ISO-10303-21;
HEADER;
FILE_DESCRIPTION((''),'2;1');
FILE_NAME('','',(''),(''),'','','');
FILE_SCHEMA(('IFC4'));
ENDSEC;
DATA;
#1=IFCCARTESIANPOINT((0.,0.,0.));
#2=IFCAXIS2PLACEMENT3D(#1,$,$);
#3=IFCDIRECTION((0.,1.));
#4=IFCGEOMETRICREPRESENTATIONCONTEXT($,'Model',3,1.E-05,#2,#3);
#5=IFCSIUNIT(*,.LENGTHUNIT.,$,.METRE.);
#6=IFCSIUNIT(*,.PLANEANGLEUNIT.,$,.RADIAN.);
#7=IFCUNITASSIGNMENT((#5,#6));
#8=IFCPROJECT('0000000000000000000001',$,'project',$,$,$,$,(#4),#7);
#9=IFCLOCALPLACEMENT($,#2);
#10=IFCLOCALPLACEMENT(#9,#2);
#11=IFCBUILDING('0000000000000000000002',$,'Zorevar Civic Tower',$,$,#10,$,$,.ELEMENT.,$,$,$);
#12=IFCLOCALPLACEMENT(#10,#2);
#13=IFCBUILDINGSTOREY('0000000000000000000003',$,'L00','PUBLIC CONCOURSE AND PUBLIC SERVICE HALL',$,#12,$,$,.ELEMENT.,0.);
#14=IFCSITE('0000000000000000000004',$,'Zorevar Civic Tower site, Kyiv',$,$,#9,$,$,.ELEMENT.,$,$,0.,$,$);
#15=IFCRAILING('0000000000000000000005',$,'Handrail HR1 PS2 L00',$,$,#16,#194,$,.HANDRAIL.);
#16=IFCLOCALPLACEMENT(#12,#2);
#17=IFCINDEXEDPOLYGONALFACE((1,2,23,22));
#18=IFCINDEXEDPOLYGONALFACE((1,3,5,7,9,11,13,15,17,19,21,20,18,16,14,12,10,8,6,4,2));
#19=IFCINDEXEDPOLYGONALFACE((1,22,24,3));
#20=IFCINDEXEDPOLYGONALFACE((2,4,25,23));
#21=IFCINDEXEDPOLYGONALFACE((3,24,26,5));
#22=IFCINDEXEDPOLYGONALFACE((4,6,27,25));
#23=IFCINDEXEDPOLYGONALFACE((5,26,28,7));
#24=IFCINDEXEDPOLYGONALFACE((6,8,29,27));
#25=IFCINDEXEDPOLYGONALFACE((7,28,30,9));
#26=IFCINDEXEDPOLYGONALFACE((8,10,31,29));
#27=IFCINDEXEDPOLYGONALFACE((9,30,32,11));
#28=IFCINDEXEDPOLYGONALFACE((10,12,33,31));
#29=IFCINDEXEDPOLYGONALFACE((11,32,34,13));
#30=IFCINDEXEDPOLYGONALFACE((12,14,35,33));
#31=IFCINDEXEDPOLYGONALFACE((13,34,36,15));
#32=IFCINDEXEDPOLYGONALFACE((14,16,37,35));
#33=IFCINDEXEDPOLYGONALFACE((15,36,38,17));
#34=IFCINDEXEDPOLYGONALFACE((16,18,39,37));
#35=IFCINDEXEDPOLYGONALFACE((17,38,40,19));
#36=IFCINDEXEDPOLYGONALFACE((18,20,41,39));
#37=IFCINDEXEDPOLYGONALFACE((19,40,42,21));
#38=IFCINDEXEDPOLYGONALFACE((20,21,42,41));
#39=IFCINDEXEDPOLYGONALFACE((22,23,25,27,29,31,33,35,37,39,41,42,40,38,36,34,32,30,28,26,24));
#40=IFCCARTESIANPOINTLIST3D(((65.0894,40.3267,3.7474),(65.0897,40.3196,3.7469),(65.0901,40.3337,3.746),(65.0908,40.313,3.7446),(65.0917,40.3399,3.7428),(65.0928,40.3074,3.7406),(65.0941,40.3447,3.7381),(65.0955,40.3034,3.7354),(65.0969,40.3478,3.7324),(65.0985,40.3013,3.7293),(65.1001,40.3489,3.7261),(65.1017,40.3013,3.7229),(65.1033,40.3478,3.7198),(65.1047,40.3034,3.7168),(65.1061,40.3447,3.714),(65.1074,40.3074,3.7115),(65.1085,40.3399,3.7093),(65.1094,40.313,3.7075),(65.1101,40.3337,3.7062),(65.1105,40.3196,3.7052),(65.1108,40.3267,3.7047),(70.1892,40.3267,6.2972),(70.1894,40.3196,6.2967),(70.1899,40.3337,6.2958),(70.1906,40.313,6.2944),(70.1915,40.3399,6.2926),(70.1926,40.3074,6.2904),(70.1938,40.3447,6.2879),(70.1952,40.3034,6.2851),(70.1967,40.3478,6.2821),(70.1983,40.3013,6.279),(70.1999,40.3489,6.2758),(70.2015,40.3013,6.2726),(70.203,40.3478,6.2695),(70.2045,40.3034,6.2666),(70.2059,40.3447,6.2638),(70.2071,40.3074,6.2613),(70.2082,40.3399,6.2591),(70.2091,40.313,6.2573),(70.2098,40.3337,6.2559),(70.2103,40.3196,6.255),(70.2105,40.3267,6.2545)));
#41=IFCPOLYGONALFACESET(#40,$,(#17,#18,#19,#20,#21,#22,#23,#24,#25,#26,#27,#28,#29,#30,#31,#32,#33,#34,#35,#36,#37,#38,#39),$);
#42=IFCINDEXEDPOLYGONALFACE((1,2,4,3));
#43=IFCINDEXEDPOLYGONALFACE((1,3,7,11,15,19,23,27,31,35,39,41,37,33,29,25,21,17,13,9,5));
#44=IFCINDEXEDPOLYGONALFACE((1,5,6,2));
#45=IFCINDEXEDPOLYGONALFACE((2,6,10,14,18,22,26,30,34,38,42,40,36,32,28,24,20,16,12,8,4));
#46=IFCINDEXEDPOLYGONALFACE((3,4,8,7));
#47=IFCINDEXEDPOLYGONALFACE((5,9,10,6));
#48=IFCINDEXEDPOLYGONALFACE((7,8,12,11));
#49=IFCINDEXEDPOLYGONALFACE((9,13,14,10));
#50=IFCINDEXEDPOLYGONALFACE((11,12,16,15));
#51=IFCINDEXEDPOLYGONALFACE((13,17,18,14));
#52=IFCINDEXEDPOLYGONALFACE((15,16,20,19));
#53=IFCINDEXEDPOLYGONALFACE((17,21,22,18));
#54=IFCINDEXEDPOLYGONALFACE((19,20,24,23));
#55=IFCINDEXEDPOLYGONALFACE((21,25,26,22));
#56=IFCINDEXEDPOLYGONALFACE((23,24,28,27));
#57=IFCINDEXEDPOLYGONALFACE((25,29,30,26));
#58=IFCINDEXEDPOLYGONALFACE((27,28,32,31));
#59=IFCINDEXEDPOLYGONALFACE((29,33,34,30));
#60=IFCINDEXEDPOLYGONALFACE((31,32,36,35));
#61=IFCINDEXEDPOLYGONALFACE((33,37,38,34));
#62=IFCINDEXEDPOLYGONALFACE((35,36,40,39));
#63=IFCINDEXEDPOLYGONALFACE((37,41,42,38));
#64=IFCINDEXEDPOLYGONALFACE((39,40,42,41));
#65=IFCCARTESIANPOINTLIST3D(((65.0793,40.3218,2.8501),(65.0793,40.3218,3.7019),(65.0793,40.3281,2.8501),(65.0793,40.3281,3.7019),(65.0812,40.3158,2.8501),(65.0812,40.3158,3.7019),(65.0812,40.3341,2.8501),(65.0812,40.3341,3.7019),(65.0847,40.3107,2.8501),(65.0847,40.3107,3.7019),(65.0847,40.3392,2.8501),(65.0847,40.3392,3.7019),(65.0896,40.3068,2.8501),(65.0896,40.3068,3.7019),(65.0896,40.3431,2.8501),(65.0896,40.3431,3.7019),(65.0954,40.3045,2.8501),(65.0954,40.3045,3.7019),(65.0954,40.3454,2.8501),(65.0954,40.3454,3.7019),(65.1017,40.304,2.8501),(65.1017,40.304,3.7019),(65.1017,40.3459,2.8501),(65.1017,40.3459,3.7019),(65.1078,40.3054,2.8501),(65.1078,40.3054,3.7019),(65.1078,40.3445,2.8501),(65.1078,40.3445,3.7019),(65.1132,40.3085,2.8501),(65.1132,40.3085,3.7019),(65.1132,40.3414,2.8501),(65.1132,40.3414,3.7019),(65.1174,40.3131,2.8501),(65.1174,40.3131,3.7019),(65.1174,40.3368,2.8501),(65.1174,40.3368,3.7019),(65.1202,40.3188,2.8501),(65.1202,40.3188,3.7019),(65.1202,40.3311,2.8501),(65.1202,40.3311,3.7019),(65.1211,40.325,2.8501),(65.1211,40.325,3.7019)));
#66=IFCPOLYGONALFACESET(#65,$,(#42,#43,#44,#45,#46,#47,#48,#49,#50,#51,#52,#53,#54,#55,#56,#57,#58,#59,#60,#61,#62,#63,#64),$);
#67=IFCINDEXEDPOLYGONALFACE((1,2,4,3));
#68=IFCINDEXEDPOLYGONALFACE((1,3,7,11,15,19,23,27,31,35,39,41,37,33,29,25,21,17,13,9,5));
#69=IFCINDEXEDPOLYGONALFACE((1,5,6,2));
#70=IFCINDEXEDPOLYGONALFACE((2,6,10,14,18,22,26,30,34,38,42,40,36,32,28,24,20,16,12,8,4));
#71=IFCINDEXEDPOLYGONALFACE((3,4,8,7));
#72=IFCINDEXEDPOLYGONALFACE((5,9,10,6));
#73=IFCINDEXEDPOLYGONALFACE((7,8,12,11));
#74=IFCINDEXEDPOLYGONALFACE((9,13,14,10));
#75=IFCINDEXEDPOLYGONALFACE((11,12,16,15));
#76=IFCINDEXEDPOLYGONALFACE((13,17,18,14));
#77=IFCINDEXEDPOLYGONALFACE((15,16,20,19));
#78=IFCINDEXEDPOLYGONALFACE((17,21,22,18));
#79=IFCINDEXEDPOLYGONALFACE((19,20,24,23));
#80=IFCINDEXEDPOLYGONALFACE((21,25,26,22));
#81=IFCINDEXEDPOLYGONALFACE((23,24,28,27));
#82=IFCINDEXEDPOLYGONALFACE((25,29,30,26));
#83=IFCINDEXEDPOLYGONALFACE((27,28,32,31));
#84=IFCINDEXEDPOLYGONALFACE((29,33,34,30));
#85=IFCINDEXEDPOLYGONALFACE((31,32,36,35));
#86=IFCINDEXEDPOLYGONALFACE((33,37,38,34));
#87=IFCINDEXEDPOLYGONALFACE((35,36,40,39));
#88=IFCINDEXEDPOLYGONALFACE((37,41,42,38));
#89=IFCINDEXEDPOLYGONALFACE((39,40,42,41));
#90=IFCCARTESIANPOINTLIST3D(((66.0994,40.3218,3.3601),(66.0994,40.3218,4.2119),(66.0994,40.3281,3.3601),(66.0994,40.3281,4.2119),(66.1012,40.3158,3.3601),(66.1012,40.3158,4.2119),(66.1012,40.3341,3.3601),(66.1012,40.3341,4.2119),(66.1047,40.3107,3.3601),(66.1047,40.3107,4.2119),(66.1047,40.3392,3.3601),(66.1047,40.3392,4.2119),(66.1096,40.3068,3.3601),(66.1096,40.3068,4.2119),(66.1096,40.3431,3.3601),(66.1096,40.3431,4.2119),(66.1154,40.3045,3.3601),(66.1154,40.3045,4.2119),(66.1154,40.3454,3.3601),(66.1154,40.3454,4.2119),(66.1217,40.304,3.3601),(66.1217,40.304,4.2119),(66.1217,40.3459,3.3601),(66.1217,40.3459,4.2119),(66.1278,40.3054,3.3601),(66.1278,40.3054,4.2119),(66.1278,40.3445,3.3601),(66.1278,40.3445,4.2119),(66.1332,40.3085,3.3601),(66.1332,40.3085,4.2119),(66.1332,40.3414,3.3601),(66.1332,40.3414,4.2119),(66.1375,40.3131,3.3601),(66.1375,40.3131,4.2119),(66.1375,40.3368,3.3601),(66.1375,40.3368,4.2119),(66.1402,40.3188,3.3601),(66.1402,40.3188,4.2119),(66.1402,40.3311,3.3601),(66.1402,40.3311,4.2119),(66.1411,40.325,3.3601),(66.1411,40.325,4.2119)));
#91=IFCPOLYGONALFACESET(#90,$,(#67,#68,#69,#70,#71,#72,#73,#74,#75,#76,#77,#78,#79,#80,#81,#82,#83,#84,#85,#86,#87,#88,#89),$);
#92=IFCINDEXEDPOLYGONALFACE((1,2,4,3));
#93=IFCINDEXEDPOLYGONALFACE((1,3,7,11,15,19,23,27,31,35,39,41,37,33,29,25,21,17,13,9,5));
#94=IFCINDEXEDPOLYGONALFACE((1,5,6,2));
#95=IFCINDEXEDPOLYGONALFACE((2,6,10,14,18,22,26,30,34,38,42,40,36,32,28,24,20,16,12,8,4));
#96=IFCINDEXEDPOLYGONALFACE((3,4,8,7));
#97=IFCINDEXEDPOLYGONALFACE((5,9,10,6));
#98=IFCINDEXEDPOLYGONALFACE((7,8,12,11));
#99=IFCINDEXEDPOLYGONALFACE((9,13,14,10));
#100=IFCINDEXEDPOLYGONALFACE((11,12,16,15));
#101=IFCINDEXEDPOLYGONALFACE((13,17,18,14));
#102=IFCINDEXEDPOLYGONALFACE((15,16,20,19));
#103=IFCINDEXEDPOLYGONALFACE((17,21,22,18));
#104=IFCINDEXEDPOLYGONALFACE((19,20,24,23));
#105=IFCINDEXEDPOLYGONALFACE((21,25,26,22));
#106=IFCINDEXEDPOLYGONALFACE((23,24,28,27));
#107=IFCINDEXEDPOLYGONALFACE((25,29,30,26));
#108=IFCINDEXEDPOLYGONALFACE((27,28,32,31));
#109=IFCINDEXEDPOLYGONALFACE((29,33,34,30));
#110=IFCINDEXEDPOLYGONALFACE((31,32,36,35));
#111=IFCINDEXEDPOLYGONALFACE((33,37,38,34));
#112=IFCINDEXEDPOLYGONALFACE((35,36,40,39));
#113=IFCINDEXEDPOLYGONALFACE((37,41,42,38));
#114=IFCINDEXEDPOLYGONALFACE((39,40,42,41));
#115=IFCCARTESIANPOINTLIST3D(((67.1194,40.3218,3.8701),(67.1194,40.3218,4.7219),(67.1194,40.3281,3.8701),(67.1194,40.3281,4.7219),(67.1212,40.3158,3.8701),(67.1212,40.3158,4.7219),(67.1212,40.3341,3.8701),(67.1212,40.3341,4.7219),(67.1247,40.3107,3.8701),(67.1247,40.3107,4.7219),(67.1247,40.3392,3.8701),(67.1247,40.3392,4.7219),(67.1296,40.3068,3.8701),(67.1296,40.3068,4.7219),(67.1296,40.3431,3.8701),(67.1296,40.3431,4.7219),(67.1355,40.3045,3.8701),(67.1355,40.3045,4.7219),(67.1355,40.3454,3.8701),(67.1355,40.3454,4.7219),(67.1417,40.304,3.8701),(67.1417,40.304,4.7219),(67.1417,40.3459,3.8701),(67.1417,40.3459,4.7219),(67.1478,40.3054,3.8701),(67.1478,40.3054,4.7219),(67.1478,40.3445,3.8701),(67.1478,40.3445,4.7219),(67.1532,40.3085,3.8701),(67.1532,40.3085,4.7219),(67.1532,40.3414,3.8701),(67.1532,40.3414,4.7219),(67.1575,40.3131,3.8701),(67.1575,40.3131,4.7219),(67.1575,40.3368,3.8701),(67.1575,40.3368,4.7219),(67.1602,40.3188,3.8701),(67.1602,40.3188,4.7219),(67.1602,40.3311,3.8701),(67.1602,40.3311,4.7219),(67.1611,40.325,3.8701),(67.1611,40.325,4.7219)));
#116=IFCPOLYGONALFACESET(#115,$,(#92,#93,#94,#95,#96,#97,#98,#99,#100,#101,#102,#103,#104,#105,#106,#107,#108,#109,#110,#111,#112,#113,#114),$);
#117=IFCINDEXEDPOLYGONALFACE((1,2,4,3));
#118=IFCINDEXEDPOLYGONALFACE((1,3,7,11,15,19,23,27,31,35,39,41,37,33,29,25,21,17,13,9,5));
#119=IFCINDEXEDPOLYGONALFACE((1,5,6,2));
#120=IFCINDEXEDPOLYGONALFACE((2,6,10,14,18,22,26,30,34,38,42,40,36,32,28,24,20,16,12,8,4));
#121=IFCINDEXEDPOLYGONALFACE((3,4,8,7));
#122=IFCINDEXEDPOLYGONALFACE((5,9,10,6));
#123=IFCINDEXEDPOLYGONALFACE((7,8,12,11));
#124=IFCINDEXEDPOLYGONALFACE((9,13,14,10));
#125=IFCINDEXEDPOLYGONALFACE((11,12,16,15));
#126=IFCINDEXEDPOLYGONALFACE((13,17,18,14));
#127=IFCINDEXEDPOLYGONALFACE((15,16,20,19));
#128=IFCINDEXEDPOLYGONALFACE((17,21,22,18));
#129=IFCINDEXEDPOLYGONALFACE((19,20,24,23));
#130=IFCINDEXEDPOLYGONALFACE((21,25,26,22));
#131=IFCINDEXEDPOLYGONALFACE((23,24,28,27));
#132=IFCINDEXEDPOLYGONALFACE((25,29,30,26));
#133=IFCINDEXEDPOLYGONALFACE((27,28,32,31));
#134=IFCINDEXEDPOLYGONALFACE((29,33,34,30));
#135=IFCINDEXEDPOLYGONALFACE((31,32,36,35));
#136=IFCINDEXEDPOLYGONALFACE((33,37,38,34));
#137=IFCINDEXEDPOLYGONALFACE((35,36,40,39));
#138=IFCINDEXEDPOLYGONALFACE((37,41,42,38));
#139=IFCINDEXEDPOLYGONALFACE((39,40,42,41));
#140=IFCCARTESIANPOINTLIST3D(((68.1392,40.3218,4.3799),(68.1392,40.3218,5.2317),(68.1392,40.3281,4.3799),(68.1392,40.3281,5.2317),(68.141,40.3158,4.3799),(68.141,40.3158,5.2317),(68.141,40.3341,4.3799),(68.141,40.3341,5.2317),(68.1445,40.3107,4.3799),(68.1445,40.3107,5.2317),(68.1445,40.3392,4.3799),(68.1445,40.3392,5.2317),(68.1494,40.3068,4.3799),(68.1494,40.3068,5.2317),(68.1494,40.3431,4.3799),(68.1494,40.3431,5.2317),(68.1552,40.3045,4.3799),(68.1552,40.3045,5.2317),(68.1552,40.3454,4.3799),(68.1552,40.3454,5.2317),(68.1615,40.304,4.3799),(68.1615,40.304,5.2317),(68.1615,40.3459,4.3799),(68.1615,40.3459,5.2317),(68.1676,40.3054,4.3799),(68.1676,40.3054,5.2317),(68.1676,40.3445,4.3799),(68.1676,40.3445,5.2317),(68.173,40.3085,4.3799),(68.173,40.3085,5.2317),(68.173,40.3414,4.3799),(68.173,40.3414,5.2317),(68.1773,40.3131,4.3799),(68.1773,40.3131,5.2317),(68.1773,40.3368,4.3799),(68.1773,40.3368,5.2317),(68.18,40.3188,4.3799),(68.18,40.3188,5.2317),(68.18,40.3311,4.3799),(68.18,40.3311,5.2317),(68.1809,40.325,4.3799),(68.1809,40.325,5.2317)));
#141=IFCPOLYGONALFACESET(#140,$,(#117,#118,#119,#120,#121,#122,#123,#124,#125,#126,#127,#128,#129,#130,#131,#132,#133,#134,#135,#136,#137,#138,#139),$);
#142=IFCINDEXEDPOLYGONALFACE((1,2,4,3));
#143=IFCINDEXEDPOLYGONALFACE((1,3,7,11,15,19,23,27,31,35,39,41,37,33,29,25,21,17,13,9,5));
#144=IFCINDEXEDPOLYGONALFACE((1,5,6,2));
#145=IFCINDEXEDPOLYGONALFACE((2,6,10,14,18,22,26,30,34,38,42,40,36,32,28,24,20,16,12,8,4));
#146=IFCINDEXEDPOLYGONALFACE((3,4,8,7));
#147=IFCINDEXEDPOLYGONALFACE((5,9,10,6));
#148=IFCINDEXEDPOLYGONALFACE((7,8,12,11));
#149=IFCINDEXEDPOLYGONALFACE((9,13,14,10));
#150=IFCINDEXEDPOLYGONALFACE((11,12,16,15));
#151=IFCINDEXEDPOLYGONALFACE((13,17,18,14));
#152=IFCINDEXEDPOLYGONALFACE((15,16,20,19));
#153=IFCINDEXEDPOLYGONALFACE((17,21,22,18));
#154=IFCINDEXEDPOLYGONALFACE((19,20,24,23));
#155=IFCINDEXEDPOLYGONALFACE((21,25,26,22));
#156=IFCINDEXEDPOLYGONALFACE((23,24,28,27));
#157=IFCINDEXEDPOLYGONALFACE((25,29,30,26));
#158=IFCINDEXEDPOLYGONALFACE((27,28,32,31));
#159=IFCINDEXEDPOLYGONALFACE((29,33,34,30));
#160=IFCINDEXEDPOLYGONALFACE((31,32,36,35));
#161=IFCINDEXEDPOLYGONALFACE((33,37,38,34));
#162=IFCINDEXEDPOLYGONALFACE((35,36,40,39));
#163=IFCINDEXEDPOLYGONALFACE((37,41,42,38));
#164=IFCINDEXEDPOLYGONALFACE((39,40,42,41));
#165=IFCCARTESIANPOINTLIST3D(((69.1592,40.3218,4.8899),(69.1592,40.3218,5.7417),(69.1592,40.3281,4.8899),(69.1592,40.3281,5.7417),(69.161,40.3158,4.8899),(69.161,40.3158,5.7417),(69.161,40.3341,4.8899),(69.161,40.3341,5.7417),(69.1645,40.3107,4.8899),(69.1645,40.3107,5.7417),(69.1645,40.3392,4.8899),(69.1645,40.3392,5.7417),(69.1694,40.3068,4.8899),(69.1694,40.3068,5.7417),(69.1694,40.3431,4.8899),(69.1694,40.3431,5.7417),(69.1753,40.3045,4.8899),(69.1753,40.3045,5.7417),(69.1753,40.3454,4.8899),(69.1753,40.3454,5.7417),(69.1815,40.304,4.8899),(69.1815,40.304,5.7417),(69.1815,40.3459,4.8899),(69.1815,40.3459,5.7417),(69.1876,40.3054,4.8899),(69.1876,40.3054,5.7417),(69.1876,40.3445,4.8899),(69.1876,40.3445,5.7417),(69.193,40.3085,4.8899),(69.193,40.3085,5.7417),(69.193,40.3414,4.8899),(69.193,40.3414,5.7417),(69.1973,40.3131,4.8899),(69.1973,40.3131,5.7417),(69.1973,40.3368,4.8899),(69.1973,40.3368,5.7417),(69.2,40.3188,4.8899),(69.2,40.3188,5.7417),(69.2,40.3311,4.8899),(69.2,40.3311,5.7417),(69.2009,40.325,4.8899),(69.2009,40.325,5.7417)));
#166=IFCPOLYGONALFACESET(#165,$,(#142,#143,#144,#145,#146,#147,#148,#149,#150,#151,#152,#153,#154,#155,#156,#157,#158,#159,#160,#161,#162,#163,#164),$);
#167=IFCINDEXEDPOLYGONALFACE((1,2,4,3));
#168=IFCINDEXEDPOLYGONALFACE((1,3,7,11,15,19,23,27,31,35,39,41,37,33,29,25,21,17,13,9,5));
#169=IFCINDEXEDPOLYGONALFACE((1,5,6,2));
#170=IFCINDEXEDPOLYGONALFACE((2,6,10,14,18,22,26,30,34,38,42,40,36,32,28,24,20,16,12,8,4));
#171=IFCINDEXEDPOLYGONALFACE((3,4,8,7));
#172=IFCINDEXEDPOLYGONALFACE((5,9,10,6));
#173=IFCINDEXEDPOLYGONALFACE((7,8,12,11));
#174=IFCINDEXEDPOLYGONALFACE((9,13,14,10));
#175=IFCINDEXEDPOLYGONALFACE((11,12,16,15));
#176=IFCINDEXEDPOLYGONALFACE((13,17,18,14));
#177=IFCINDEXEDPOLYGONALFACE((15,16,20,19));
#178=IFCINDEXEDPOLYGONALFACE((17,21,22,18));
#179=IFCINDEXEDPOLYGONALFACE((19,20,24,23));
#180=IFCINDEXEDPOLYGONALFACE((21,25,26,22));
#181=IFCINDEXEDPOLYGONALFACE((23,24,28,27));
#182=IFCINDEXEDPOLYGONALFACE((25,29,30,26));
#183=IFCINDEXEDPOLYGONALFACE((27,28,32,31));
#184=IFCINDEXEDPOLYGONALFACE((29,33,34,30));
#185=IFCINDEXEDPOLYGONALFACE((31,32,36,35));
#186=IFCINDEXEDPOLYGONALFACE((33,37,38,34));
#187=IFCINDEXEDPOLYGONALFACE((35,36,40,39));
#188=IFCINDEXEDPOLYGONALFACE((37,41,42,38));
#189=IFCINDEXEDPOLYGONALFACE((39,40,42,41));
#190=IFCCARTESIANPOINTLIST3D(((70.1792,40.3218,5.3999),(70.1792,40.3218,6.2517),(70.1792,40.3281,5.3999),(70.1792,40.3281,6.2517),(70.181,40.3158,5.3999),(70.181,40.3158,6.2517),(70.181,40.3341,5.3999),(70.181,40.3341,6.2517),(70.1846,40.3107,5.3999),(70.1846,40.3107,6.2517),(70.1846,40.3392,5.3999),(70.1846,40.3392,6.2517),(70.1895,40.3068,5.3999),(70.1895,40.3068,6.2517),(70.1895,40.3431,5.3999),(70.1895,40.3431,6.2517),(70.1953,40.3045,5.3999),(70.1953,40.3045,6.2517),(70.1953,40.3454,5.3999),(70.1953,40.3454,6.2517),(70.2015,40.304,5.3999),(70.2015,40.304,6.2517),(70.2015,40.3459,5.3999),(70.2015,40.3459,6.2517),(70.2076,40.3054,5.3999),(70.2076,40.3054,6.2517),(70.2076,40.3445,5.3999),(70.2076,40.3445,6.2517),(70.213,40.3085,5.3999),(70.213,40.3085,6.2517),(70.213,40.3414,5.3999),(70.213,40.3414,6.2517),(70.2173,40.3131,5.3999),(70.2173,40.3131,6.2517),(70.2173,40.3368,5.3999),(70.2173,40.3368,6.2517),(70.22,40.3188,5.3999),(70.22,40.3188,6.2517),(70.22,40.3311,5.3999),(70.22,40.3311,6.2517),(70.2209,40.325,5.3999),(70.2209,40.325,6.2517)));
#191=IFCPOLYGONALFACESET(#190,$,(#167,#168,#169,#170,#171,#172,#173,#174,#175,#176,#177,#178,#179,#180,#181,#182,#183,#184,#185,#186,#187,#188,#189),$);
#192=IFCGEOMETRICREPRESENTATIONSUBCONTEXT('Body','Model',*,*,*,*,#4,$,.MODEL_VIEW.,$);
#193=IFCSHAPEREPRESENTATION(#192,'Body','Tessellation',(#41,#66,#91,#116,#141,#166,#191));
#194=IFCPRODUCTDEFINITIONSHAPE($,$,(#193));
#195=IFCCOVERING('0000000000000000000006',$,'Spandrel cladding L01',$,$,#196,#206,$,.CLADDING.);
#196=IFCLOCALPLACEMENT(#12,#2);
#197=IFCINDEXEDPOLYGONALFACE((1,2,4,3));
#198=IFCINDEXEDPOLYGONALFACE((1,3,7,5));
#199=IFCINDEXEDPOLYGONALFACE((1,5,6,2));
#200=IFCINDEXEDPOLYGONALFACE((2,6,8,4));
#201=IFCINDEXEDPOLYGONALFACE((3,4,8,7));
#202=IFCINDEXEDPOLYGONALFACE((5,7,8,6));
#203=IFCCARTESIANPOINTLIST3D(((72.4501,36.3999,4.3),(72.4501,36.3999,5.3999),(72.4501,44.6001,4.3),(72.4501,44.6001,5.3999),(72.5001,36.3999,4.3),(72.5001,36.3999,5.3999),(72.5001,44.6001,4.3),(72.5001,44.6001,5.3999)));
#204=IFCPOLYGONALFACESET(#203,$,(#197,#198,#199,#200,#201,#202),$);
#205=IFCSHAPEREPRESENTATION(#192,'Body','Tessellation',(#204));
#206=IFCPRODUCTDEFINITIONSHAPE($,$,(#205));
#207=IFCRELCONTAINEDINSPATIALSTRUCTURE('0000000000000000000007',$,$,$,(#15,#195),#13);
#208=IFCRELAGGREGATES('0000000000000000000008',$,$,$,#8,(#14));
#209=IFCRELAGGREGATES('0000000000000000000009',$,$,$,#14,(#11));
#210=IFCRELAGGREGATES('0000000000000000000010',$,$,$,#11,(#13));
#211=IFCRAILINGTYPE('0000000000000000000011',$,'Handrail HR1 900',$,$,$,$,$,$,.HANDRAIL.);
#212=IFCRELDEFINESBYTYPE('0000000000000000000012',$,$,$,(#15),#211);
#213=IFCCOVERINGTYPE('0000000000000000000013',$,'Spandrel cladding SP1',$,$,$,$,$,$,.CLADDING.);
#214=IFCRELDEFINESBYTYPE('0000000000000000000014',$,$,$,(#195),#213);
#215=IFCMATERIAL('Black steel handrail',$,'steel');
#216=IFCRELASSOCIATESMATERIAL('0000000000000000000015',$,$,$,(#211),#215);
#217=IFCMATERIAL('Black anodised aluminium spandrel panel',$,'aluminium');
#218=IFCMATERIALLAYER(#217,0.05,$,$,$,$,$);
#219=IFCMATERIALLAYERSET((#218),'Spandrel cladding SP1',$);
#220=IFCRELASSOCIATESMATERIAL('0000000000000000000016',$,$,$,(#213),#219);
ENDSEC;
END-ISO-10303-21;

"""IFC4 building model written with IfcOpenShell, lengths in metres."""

from ifc_helpers import new_model, si_unit, direction, frame, frame_2d, origin, origin_2d, place, context, subcontext, project, spatial, rectangle, circle, extrude, material, layer, layer_set, type_object, element, save


model = new_model("IFC4")

# Units and contexts
model_context = context("Model", 3, precision=1e-05, world=origin(), true_north=direction((0.0, 1.0)))
body_context = subcontext(model_context, "Body", "Model", "MODEL_VIEW")
ifc_project = project(units=[si_unit("LENGTHUNIT", "METRE"), si_unit("PLANEANGLEUNIT", "RADIAN")], contexts=[model_context])

# Site, building, storey
site_placement = place(None, origin())
site = spatial("IfcSite", under=ifc_project, at=site_placement, Name="Zorevar Civic Tower site, Kyiv", CompositionType="ELEMENT", RefElevation=0.0)
building_placement = place(site_placement, origin())
building = spatial("IfcBuilding", under=site, at=building_placement, Name="Zorevar Civic Tower", CompositionType="ELEMENT")
storey_placement = place(building_placement, origin())
storey = spatial("IfcBuildingStorey", under=building, at=storey_placement, Name="L00", Description="PUBLIC CONCOURSE AND PUBLIC SERVICE HALL", CompositionType="ELEMENT", Elevation=0.0)

# Railing
ifc_material_1 = material(Name="Black steel handrail", Category="steel")
railing_type = type_object("IfcRailingType", Name="Handrail HR1 900", PredefinedType="HANDRAIL", material=ifc_material_1)
railing_1_placement = place(storey_placement, frame((65.1001, 40.325, 2.8501)))
element("IfcRailing", 1, at=railing_1_placement, inside=storey, type_object=railing_type, Name="Handrail HR1 PS2 L00", PredefinedType="HANDRAIL", context=body_context, shape_type="SweptSolid", body=[
    extrude(circle(Radius=0.0239, at=origin_2d()), frame((0.0, 0.0, 0.876), z_axis=(0.894436, 0.0, 0.447196), x_axis=(0.0, 1.0, 0.0)), (0.0, 0.0, 1.0), 5.7017),
    extrude(circle(Radius=0.021, at=origin_2d()), origin(), (0.0, 0.0, 1.0), 0.8518),
    extrude(circle(Radius=0.021, at=origin_2d()), frame((1.02, 0.0, 0.51)), (0.0, 0.0, 1.0), 0.8518),
    extrude(circle(Radius=0.021, at=origin_2d()), frame((2.04, 0.0, 1.02)), (0.0, 0.0, 1.0), 0.8518),
    extrude(circle(Radius=0.021, at=origin_2d()), frame((3.0598, 0.0, 1.5298)), (0.0, 0.0, 1.0), 0.8518),
    extrude(circle(Radius=0.021, at=origin_2d()), frame((4.0798, 0.0, 2.0398)), (0.0, 0.0, 1.0), 0.8518),
    extrude(circle(Radius=0.021, at=origin_2d()), frame((5.0999, 0.0, 2.5498)), (0.0, 0.0, 1.0), 0.8518),
])

# Covering
ifc_material_2 = material(Name="Black anodised aluminium spandrel panel", Category="aluminium")
ifc_layer_1 = layer(ifc_material_2, 0.05)
ifc_layer_set_1 = layer_set([ifc_layer_1], Name="Spandrel cladding SP1")
covering_type = type_object("IfcCoveringType", Name="Spandrel cladding SP1", PredefinedType="CLADDING", material=ifc_layer_set_1)
covering_placement = place(storey_placement, frame((72.4751, 36.3999, 4.3), z_axis=(0.0, 0.0, 1.0), x_axis=(0.0, 1.0, 0.0)))
element("IfcCovering", 2, at=covering_placement, inside=storey, type_object=covering_type, Name="Spandrel cladding L01", PredefinedType="CLADDING", context=body_context, shape_type="SweptSolid", body=[
    extrude(rectangle(XDim=8.2002, YDim=0.05, at=frame_2d((4.1001, 0.0))), origin(), (0.0, 0.0, 1.0), 1.0999),
])

save(model, "model.ifc")
